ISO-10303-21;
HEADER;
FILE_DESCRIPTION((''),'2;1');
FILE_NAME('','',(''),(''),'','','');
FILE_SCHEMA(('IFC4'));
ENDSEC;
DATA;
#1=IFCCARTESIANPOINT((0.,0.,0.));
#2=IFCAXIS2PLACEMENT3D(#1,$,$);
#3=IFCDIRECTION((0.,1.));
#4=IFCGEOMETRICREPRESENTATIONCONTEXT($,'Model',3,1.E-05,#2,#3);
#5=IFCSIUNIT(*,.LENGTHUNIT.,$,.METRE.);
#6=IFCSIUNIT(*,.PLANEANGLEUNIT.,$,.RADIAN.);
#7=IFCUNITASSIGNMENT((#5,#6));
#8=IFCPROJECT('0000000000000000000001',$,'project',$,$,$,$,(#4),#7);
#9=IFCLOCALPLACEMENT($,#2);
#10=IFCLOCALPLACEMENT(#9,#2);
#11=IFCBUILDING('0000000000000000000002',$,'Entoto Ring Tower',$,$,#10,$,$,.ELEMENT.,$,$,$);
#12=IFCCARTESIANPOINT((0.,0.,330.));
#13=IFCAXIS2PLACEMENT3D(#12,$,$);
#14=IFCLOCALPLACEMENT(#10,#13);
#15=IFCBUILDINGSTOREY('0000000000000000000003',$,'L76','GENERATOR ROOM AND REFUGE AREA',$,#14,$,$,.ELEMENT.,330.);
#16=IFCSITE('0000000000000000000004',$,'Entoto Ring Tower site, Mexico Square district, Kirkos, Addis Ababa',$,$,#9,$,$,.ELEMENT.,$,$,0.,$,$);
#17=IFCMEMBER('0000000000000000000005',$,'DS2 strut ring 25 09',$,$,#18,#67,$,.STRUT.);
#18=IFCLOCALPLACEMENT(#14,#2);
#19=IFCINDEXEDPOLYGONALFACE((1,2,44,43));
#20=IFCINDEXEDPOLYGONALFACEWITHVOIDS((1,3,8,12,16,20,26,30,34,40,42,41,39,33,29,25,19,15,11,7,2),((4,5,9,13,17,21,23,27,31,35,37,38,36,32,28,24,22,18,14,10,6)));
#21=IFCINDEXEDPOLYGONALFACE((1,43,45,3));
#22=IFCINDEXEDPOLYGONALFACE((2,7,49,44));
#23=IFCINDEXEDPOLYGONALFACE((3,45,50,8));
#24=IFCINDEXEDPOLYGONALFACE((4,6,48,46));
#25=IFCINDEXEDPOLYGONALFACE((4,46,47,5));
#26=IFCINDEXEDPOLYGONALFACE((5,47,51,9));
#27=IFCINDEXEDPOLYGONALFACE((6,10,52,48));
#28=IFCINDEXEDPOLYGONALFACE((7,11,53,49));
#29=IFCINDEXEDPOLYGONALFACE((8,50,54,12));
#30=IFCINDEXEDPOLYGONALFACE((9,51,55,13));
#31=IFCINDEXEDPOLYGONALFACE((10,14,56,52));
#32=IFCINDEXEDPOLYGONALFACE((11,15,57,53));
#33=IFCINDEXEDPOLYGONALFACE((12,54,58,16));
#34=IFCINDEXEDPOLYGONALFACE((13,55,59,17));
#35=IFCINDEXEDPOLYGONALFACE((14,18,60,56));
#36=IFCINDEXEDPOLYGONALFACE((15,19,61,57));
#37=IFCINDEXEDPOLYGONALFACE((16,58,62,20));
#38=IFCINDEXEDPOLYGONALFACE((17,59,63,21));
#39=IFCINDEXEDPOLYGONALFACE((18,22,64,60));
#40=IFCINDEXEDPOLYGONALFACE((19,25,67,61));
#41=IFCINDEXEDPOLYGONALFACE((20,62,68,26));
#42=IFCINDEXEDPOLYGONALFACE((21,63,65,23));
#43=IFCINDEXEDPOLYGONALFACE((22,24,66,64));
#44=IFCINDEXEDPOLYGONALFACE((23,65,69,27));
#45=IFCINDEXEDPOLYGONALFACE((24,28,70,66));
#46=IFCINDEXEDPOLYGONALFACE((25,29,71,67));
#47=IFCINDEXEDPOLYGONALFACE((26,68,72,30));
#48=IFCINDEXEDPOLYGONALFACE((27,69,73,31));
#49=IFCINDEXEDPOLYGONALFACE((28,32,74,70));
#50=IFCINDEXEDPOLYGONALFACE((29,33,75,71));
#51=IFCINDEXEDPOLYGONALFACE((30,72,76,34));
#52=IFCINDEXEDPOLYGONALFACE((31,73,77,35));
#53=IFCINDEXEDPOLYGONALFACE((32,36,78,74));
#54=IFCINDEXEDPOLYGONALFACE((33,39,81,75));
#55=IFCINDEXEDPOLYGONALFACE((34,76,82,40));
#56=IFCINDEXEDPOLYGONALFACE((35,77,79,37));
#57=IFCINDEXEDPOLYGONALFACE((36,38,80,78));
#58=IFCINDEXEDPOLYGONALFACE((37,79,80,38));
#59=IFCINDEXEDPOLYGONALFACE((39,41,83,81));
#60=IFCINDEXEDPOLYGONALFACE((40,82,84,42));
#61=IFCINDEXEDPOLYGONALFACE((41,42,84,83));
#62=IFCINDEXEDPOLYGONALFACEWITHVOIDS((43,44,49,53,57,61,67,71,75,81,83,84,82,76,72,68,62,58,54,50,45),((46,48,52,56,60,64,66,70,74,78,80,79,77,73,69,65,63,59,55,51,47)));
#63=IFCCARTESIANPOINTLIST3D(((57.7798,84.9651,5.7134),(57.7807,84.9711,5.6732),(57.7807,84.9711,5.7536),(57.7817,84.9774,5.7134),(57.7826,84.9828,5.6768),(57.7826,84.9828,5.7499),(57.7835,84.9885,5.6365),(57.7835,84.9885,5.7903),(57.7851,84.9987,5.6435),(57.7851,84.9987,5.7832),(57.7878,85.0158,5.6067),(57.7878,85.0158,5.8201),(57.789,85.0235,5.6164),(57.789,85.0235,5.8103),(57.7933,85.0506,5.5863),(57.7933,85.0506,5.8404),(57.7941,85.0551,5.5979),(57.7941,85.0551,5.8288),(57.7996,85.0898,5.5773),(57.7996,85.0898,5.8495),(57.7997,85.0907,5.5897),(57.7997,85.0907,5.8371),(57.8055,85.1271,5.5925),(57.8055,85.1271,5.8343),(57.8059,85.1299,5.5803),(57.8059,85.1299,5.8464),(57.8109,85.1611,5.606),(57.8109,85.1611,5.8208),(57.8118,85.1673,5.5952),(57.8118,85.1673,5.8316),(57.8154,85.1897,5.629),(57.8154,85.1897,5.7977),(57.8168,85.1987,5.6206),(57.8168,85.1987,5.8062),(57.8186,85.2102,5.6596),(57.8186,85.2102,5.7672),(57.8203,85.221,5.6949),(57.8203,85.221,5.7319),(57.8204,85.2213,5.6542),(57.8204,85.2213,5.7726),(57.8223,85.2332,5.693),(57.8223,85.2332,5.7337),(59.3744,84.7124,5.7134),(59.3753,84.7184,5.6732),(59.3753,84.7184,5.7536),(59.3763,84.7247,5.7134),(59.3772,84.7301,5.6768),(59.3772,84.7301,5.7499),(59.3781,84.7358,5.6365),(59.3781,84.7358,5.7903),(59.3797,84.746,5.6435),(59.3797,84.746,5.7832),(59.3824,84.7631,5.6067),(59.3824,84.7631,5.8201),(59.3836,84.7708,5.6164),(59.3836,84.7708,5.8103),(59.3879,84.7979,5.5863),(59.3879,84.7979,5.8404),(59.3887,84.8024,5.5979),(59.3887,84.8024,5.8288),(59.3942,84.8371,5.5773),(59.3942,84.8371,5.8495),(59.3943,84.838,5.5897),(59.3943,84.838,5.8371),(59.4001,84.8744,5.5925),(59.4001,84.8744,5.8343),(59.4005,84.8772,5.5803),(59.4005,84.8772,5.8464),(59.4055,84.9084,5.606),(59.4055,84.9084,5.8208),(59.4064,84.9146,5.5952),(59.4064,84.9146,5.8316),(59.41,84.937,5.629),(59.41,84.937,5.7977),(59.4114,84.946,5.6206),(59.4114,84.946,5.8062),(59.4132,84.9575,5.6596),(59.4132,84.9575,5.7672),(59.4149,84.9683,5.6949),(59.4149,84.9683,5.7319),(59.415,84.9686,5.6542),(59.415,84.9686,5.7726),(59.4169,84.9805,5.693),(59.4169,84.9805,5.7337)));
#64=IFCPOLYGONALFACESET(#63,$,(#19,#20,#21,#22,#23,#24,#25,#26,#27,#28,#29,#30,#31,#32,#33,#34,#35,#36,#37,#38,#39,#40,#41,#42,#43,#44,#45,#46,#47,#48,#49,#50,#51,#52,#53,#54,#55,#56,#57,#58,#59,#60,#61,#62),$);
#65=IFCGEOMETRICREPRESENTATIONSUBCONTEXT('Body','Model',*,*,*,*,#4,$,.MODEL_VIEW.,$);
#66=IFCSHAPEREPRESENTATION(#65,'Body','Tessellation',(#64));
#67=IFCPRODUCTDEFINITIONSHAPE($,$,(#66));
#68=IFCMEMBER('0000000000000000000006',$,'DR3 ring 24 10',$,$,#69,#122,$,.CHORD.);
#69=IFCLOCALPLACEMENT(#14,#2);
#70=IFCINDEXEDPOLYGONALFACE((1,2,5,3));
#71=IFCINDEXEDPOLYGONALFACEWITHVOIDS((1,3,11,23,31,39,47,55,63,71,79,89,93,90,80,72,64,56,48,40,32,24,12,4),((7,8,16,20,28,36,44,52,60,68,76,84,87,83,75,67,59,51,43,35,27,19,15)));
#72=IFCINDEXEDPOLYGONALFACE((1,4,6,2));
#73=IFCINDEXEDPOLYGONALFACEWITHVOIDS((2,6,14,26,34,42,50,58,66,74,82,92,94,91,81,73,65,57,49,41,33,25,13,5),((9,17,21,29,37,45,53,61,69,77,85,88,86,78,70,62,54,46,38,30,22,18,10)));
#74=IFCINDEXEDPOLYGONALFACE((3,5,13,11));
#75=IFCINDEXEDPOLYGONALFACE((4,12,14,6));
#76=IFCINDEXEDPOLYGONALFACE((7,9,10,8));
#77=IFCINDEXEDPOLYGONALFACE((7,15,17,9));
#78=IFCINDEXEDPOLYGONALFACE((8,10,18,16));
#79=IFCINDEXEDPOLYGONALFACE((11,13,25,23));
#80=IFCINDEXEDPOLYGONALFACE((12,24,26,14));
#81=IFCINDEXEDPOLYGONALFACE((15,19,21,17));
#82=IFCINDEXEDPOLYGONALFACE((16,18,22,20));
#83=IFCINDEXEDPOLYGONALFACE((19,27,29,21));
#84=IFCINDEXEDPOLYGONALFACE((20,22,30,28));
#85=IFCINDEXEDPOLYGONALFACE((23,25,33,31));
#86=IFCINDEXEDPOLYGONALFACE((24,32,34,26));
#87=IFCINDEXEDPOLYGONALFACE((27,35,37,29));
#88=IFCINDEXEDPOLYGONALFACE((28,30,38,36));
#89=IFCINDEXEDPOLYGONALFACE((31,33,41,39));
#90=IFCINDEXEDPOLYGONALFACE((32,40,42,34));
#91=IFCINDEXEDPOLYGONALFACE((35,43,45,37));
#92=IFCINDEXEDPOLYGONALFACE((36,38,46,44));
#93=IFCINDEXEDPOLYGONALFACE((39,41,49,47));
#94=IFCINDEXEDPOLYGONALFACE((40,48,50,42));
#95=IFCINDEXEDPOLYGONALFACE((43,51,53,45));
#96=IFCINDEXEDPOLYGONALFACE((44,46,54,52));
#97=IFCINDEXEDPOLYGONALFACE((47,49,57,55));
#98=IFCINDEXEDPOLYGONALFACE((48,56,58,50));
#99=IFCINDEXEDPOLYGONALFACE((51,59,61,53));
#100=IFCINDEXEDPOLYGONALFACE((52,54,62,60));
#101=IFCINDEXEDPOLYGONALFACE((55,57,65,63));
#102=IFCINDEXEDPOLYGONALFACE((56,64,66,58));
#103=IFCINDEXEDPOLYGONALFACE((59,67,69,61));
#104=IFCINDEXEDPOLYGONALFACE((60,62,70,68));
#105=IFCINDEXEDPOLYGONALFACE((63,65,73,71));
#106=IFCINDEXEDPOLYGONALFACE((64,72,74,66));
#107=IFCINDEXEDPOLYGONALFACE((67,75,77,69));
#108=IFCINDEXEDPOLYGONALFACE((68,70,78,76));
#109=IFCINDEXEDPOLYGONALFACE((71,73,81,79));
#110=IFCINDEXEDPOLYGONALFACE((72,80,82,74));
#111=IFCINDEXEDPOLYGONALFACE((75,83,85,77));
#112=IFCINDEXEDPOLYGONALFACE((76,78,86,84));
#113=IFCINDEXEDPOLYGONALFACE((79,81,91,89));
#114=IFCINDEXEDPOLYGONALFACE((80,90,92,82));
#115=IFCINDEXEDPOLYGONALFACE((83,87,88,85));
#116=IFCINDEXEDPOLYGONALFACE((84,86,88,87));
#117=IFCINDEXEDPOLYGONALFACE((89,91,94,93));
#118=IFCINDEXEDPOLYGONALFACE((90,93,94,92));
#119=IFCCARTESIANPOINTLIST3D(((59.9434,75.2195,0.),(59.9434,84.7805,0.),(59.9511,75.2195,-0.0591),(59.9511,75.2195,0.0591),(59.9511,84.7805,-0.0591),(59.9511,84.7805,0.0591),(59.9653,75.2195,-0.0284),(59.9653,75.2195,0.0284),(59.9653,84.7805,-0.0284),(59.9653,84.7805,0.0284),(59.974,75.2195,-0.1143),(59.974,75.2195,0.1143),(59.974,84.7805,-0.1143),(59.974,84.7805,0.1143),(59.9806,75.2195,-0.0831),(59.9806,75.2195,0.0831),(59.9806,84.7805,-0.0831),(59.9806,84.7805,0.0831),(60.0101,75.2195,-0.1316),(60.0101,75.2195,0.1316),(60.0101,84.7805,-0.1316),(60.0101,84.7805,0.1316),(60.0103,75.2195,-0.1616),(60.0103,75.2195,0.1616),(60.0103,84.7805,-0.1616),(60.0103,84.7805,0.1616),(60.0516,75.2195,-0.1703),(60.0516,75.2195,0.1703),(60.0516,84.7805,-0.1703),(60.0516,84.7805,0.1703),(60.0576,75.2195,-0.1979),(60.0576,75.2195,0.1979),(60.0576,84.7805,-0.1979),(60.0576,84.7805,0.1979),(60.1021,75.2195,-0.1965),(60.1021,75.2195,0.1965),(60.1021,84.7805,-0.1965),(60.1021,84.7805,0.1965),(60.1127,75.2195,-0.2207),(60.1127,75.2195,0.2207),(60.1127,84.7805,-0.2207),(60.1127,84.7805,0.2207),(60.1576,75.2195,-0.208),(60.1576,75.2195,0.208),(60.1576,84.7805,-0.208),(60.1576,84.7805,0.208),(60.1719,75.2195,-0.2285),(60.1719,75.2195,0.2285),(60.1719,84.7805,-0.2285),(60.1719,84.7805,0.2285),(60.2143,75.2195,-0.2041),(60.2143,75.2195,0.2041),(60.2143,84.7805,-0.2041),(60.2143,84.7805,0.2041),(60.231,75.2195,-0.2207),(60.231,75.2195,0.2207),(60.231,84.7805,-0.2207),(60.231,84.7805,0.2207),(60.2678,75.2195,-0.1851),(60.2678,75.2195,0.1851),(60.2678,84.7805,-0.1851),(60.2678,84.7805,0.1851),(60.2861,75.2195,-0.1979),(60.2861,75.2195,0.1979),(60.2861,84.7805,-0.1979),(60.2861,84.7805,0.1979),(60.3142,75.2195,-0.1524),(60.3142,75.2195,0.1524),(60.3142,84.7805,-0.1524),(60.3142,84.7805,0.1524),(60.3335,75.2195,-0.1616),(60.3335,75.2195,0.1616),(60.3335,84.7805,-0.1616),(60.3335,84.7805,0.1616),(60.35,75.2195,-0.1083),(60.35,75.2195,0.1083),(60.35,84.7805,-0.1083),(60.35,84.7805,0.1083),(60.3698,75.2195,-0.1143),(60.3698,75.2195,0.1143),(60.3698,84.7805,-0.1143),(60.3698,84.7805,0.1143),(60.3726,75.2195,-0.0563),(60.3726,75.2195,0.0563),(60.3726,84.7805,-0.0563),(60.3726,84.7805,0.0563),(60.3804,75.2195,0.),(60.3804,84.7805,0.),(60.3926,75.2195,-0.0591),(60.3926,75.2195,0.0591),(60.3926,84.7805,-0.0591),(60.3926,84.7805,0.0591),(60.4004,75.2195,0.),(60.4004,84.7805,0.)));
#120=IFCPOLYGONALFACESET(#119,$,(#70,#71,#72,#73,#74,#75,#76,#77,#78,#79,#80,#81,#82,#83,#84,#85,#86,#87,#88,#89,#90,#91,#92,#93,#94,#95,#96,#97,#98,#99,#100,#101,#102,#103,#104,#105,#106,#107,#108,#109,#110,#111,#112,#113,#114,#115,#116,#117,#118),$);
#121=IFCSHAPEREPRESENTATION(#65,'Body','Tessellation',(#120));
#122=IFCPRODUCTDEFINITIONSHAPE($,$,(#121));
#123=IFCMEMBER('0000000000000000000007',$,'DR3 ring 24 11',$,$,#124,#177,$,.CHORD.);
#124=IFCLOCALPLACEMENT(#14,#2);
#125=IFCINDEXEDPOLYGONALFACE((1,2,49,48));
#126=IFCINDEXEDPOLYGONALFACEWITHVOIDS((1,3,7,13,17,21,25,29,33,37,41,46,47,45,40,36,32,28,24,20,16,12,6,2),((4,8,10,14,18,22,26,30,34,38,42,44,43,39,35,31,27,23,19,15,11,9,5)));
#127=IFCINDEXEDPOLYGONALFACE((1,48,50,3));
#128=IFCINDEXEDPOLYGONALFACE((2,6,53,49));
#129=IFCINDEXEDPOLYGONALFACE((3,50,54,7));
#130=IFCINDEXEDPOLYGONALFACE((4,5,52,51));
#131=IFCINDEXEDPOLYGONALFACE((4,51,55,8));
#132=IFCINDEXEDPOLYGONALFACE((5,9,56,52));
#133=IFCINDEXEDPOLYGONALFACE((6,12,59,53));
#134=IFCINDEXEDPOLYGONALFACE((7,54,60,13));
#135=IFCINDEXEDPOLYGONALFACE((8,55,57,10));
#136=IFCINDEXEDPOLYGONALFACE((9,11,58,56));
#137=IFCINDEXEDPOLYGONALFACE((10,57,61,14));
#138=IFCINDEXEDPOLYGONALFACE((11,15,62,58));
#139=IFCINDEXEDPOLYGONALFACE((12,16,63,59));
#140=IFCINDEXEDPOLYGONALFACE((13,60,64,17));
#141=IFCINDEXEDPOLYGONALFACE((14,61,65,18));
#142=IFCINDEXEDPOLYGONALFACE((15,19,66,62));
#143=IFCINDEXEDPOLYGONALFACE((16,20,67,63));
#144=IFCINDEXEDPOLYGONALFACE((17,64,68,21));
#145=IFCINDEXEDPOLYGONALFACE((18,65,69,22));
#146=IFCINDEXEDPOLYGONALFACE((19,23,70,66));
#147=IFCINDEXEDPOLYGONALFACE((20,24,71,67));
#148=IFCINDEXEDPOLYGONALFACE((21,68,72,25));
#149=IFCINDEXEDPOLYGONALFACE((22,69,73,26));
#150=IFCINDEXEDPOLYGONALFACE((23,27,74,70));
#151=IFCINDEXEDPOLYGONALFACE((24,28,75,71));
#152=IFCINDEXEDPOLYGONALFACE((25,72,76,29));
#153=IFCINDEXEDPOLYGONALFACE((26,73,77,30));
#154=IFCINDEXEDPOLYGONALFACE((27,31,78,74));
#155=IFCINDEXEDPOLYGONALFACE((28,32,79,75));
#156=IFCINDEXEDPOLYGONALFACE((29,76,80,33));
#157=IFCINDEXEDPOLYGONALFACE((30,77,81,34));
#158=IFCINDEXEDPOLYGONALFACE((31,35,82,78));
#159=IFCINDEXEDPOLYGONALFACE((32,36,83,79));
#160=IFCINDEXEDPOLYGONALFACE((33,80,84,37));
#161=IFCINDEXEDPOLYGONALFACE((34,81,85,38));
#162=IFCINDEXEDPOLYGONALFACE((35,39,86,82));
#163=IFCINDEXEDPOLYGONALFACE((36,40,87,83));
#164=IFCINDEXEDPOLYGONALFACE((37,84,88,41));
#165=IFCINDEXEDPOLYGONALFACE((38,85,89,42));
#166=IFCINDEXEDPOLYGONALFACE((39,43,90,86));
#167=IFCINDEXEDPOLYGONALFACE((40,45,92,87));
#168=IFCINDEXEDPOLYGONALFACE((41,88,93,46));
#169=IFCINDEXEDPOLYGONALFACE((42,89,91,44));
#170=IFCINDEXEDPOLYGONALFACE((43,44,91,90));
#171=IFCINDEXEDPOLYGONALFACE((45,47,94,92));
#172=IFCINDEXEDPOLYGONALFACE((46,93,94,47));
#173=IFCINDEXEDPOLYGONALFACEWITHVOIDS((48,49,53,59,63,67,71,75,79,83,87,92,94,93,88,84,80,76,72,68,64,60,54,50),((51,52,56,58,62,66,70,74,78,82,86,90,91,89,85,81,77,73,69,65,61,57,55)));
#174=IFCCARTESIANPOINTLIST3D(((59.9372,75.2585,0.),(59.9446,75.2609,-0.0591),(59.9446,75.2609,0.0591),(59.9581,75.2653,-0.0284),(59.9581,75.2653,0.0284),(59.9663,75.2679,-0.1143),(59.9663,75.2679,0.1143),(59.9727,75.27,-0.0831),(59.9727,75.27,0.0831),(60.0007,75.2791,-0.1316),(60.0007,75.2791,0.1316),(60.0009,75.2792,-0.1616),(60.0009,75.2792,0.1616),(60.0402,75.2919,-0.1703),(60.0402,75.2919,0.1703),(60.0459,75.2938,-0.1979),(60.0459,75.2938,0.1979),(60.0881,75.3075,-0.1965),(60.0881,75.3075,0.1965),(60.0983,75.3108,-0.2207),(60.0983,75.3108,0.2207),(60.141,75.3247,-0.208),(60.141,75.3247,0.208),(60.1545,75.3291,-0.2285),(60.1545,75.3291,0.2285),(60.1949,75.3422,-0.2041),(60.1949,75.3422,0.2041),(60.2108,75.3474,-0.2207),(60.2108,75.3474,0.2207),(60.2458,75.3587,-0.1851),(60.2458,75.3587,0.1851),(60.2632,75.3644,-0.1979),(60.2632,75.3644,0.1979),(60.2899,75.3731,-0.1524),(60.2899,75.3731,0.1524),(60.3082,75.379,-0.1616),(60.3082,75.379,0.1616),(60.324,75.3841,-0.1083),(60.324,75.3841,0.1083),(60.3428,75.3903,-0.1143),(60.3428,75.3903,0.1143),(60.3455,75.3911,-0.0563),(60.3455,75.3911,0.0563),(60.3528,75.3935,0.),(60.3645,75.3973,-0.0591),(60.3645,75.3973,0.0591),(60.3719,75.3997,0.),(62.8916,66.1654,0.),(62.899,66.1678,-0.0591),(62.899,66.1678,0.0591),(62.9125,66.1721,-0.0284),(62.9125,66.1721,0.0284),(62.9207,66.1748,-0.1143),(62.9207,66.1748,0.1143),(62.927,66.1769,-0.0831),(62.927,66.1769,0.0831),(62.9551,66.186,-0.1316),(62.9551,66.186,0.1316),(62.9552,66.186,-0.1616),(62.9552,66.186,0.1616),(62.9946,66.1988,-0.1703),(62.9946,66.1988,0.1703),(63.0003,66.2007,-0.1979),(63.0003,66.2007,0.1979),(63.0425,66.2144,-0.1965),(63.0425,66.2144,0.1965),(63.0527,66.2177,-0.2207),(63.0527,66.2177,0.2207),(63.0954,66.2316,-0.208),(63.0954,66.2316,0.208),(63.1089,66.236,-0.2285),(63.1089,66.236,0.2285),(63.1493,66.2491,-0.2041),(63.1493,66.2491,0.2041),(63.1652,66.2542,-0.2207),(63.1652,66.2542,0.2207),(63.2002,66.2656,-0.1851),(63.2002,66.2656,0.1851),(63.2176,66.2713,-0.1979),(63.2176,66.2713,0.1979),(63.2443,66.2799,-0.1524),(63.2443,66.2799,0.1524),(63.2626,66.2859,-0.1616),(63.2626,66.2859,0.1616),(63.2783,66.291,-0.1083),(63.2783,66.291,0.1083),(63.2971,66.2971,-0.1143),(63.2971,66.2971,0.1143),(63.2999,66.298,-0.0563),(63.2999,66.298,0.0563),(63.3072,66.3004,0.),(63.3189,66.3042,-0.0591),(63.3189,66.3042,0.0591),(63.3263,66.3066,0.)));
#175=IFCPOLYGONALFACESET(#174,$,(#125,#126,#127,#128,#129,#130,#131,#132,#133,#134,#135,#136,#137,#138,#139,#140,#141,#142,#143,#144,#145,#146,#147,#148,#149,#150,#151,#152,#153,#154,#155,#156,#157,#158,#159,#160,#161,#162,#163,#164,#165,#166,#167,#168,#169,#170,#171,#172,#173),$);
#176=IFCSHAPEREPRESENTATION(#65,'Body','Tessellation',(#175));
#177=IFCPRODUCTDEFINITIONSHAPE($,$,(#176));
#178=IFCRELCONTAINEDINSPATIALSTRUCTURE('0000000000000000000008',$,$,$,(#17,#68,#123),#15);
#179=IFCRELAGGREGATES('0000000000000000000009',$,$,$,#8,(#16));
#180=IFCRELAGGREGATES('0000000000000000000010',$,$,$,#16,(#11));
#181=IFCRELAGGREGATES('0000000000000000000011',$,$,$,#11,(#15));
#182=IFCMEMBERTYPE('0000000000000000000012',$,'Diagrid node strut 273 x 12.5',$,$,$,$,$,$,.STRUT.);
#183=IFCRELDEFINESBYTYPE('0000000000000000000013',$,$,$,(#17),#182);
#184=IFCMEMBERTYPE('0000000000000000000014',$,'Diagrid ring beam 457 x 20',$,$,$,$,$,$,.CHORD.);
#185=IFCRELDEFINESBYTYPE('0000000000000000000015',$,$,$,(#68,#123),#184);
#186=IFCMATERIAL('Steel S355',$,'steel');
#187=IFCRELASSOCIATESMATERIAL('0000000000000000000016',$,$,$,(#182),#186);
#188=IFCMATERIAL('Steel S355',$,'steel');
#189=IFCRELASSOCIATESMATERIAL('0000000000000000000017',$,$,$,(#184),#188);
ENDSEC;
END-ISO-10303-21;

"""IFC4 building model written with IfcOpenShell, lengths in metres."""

from ifc_helpers import new_model, si_unit, direction, frame, origin, origin_2d, place, context, subcontext, project, spatial, circle, hollow_circle, extrude, material, material_profile, profile_set, type_object, element, save


model = new_model("IFC4")

# Units and contexts
model_context = context("Model", 3, precision=1e-05, world=origin(), true_north=direction((0.0, 1.0)))
body_context = subcontext(model_context, "Body", "Model", "MODEL_VIEW")
ifc_project = project(units=[si_unit("LENGTHUNIT", "METRE"), si_unit("PLANEANGLEUNIT", "RADIAN")], contexts=[model_context])

# Site, building, storey
site_placement = place(None, origin())
site = spatial("IfcSite", under=ifc_project, at=site_placement, Name="Entoto Ring Tower site, Mexico Square district, Kirkos, Addis Ababa", CompositionType="ELEMENT", RefElevation=0.0)
building_placement = place(site_placement, origin())
building = spatial("IfcBuilding", under=site, at=building_placement, Name="Entoto Ring Tower", CompositionType="ELEMENT")
storey_placement = place(building_placement, frame((0.0, 0.0, 330.0)))
storey = spatial("IfcBuildingStorey", under=building, at=storey_placement, Name="L76", Description="GENERATOR ROOM AND REFUGE AREA", CompositionType="ELEMENT", Elevation=330.0)

# Members
ifc_material_1 = material(Name="Steel S355", Category="steel")
ifc_material_profile_1 = material_profile(ifc_material_1, hollow_circle(Radius=0.1365, WallThickness=0.0125, at=origin_2d()), Name="CHS 273 x 12.5")
ifc_material_2 = material(Name="Concrete C60/75", Category="concrete")
ifc_material_profile_2 = material_profile(ifc_material_2, circle(Radius=0.124, at=origin_2d()), Name="Concrete C60/75 infill")
ifc_profile_set_1 = profile_set([ifc_material_profile_1, ifc_material_profile_2], Name="Steel S355")
member_type_1 = type_object("IfcMemberType", Name="Diagrid node strut 273 x 12.5", PredefinedType="STRUT", material=ifc_profile_set_1)
member_1_placement = place(storey_placement, frame((59.3958, 84.8472, 5.7134), z_axis=(-0.987675, 0.156522, 0.0), x_axis=(-0.156522, -0.987675, 0.0)))
element("IfcMember", 1, at=member_1_placement, inside=storey, type_object=member_type_1, Name="DS2 strut ring 25 09", PredefinedType="STRUT", context=body_context, shape_type="SweptSolid", body=[
    extrude(hollow_circle(Radius=0.1365, WallThickness=0.0125, at=origin_2d()), origin(), (0.0, 0.0, 1.0), 1.6145),
])
ifc_material_3 = material(Name="Steel S355", Category="steel")
ifc_material_profile_3 = material_profile(ifc_material_3, hollow_circle(Radius=0.2285, WallThickness=0.02, at=origin_2d()), Name="CHS 457 x 20")
ifc_material_4 = material(Name="Concrete C60/75", Category="concrete")
ifc_material_profile_4 = material_profile(ifc_material_4, circle(Radius=0.2085, at=origin_2d()), Name="Concrete C60/75 infill")
ifc_profile_set_2 = profile_set([ifc_material_profile_3, ifc_material_profile_4], Name="Steel S355")
member_type_2 = type_object("IfcMemberType", Name="Diagrid ring beam 457 x 20", PredefinedType="CHORD", material=ifc_profile_set_2)
for number, where, z_axis, x_axis, name in (
    (2, (60.1719, 84.7805, 0.0), (0.0, -1.0, 0.0), (1.0, 0.0, 0.0), "DR3 ring 24 10"),
    (3, (60.1545, 75.3291, 0.0), (0.309002, -0.951061, 0.0), (0.951061, 0.309002, 0.0), "DR3 ring 24 11"),
):
    element("IfcMember", number, at=place(storey_placement, frame(where, z_axis=z_axis, x_axis=x_axis)), inside=storey, type_object=member_type_2, Name=name, PredefinedType="CHORD", context=body_context, shape_type="SweptSolid", body=[
        extrude(hollow_circle(Radius=0.2285, WallThickness=0.02, at=origin_2d()), origin(), (0.0, 0.0, 1.0), 9.561),
    ])

save(model, "model.ifc")
